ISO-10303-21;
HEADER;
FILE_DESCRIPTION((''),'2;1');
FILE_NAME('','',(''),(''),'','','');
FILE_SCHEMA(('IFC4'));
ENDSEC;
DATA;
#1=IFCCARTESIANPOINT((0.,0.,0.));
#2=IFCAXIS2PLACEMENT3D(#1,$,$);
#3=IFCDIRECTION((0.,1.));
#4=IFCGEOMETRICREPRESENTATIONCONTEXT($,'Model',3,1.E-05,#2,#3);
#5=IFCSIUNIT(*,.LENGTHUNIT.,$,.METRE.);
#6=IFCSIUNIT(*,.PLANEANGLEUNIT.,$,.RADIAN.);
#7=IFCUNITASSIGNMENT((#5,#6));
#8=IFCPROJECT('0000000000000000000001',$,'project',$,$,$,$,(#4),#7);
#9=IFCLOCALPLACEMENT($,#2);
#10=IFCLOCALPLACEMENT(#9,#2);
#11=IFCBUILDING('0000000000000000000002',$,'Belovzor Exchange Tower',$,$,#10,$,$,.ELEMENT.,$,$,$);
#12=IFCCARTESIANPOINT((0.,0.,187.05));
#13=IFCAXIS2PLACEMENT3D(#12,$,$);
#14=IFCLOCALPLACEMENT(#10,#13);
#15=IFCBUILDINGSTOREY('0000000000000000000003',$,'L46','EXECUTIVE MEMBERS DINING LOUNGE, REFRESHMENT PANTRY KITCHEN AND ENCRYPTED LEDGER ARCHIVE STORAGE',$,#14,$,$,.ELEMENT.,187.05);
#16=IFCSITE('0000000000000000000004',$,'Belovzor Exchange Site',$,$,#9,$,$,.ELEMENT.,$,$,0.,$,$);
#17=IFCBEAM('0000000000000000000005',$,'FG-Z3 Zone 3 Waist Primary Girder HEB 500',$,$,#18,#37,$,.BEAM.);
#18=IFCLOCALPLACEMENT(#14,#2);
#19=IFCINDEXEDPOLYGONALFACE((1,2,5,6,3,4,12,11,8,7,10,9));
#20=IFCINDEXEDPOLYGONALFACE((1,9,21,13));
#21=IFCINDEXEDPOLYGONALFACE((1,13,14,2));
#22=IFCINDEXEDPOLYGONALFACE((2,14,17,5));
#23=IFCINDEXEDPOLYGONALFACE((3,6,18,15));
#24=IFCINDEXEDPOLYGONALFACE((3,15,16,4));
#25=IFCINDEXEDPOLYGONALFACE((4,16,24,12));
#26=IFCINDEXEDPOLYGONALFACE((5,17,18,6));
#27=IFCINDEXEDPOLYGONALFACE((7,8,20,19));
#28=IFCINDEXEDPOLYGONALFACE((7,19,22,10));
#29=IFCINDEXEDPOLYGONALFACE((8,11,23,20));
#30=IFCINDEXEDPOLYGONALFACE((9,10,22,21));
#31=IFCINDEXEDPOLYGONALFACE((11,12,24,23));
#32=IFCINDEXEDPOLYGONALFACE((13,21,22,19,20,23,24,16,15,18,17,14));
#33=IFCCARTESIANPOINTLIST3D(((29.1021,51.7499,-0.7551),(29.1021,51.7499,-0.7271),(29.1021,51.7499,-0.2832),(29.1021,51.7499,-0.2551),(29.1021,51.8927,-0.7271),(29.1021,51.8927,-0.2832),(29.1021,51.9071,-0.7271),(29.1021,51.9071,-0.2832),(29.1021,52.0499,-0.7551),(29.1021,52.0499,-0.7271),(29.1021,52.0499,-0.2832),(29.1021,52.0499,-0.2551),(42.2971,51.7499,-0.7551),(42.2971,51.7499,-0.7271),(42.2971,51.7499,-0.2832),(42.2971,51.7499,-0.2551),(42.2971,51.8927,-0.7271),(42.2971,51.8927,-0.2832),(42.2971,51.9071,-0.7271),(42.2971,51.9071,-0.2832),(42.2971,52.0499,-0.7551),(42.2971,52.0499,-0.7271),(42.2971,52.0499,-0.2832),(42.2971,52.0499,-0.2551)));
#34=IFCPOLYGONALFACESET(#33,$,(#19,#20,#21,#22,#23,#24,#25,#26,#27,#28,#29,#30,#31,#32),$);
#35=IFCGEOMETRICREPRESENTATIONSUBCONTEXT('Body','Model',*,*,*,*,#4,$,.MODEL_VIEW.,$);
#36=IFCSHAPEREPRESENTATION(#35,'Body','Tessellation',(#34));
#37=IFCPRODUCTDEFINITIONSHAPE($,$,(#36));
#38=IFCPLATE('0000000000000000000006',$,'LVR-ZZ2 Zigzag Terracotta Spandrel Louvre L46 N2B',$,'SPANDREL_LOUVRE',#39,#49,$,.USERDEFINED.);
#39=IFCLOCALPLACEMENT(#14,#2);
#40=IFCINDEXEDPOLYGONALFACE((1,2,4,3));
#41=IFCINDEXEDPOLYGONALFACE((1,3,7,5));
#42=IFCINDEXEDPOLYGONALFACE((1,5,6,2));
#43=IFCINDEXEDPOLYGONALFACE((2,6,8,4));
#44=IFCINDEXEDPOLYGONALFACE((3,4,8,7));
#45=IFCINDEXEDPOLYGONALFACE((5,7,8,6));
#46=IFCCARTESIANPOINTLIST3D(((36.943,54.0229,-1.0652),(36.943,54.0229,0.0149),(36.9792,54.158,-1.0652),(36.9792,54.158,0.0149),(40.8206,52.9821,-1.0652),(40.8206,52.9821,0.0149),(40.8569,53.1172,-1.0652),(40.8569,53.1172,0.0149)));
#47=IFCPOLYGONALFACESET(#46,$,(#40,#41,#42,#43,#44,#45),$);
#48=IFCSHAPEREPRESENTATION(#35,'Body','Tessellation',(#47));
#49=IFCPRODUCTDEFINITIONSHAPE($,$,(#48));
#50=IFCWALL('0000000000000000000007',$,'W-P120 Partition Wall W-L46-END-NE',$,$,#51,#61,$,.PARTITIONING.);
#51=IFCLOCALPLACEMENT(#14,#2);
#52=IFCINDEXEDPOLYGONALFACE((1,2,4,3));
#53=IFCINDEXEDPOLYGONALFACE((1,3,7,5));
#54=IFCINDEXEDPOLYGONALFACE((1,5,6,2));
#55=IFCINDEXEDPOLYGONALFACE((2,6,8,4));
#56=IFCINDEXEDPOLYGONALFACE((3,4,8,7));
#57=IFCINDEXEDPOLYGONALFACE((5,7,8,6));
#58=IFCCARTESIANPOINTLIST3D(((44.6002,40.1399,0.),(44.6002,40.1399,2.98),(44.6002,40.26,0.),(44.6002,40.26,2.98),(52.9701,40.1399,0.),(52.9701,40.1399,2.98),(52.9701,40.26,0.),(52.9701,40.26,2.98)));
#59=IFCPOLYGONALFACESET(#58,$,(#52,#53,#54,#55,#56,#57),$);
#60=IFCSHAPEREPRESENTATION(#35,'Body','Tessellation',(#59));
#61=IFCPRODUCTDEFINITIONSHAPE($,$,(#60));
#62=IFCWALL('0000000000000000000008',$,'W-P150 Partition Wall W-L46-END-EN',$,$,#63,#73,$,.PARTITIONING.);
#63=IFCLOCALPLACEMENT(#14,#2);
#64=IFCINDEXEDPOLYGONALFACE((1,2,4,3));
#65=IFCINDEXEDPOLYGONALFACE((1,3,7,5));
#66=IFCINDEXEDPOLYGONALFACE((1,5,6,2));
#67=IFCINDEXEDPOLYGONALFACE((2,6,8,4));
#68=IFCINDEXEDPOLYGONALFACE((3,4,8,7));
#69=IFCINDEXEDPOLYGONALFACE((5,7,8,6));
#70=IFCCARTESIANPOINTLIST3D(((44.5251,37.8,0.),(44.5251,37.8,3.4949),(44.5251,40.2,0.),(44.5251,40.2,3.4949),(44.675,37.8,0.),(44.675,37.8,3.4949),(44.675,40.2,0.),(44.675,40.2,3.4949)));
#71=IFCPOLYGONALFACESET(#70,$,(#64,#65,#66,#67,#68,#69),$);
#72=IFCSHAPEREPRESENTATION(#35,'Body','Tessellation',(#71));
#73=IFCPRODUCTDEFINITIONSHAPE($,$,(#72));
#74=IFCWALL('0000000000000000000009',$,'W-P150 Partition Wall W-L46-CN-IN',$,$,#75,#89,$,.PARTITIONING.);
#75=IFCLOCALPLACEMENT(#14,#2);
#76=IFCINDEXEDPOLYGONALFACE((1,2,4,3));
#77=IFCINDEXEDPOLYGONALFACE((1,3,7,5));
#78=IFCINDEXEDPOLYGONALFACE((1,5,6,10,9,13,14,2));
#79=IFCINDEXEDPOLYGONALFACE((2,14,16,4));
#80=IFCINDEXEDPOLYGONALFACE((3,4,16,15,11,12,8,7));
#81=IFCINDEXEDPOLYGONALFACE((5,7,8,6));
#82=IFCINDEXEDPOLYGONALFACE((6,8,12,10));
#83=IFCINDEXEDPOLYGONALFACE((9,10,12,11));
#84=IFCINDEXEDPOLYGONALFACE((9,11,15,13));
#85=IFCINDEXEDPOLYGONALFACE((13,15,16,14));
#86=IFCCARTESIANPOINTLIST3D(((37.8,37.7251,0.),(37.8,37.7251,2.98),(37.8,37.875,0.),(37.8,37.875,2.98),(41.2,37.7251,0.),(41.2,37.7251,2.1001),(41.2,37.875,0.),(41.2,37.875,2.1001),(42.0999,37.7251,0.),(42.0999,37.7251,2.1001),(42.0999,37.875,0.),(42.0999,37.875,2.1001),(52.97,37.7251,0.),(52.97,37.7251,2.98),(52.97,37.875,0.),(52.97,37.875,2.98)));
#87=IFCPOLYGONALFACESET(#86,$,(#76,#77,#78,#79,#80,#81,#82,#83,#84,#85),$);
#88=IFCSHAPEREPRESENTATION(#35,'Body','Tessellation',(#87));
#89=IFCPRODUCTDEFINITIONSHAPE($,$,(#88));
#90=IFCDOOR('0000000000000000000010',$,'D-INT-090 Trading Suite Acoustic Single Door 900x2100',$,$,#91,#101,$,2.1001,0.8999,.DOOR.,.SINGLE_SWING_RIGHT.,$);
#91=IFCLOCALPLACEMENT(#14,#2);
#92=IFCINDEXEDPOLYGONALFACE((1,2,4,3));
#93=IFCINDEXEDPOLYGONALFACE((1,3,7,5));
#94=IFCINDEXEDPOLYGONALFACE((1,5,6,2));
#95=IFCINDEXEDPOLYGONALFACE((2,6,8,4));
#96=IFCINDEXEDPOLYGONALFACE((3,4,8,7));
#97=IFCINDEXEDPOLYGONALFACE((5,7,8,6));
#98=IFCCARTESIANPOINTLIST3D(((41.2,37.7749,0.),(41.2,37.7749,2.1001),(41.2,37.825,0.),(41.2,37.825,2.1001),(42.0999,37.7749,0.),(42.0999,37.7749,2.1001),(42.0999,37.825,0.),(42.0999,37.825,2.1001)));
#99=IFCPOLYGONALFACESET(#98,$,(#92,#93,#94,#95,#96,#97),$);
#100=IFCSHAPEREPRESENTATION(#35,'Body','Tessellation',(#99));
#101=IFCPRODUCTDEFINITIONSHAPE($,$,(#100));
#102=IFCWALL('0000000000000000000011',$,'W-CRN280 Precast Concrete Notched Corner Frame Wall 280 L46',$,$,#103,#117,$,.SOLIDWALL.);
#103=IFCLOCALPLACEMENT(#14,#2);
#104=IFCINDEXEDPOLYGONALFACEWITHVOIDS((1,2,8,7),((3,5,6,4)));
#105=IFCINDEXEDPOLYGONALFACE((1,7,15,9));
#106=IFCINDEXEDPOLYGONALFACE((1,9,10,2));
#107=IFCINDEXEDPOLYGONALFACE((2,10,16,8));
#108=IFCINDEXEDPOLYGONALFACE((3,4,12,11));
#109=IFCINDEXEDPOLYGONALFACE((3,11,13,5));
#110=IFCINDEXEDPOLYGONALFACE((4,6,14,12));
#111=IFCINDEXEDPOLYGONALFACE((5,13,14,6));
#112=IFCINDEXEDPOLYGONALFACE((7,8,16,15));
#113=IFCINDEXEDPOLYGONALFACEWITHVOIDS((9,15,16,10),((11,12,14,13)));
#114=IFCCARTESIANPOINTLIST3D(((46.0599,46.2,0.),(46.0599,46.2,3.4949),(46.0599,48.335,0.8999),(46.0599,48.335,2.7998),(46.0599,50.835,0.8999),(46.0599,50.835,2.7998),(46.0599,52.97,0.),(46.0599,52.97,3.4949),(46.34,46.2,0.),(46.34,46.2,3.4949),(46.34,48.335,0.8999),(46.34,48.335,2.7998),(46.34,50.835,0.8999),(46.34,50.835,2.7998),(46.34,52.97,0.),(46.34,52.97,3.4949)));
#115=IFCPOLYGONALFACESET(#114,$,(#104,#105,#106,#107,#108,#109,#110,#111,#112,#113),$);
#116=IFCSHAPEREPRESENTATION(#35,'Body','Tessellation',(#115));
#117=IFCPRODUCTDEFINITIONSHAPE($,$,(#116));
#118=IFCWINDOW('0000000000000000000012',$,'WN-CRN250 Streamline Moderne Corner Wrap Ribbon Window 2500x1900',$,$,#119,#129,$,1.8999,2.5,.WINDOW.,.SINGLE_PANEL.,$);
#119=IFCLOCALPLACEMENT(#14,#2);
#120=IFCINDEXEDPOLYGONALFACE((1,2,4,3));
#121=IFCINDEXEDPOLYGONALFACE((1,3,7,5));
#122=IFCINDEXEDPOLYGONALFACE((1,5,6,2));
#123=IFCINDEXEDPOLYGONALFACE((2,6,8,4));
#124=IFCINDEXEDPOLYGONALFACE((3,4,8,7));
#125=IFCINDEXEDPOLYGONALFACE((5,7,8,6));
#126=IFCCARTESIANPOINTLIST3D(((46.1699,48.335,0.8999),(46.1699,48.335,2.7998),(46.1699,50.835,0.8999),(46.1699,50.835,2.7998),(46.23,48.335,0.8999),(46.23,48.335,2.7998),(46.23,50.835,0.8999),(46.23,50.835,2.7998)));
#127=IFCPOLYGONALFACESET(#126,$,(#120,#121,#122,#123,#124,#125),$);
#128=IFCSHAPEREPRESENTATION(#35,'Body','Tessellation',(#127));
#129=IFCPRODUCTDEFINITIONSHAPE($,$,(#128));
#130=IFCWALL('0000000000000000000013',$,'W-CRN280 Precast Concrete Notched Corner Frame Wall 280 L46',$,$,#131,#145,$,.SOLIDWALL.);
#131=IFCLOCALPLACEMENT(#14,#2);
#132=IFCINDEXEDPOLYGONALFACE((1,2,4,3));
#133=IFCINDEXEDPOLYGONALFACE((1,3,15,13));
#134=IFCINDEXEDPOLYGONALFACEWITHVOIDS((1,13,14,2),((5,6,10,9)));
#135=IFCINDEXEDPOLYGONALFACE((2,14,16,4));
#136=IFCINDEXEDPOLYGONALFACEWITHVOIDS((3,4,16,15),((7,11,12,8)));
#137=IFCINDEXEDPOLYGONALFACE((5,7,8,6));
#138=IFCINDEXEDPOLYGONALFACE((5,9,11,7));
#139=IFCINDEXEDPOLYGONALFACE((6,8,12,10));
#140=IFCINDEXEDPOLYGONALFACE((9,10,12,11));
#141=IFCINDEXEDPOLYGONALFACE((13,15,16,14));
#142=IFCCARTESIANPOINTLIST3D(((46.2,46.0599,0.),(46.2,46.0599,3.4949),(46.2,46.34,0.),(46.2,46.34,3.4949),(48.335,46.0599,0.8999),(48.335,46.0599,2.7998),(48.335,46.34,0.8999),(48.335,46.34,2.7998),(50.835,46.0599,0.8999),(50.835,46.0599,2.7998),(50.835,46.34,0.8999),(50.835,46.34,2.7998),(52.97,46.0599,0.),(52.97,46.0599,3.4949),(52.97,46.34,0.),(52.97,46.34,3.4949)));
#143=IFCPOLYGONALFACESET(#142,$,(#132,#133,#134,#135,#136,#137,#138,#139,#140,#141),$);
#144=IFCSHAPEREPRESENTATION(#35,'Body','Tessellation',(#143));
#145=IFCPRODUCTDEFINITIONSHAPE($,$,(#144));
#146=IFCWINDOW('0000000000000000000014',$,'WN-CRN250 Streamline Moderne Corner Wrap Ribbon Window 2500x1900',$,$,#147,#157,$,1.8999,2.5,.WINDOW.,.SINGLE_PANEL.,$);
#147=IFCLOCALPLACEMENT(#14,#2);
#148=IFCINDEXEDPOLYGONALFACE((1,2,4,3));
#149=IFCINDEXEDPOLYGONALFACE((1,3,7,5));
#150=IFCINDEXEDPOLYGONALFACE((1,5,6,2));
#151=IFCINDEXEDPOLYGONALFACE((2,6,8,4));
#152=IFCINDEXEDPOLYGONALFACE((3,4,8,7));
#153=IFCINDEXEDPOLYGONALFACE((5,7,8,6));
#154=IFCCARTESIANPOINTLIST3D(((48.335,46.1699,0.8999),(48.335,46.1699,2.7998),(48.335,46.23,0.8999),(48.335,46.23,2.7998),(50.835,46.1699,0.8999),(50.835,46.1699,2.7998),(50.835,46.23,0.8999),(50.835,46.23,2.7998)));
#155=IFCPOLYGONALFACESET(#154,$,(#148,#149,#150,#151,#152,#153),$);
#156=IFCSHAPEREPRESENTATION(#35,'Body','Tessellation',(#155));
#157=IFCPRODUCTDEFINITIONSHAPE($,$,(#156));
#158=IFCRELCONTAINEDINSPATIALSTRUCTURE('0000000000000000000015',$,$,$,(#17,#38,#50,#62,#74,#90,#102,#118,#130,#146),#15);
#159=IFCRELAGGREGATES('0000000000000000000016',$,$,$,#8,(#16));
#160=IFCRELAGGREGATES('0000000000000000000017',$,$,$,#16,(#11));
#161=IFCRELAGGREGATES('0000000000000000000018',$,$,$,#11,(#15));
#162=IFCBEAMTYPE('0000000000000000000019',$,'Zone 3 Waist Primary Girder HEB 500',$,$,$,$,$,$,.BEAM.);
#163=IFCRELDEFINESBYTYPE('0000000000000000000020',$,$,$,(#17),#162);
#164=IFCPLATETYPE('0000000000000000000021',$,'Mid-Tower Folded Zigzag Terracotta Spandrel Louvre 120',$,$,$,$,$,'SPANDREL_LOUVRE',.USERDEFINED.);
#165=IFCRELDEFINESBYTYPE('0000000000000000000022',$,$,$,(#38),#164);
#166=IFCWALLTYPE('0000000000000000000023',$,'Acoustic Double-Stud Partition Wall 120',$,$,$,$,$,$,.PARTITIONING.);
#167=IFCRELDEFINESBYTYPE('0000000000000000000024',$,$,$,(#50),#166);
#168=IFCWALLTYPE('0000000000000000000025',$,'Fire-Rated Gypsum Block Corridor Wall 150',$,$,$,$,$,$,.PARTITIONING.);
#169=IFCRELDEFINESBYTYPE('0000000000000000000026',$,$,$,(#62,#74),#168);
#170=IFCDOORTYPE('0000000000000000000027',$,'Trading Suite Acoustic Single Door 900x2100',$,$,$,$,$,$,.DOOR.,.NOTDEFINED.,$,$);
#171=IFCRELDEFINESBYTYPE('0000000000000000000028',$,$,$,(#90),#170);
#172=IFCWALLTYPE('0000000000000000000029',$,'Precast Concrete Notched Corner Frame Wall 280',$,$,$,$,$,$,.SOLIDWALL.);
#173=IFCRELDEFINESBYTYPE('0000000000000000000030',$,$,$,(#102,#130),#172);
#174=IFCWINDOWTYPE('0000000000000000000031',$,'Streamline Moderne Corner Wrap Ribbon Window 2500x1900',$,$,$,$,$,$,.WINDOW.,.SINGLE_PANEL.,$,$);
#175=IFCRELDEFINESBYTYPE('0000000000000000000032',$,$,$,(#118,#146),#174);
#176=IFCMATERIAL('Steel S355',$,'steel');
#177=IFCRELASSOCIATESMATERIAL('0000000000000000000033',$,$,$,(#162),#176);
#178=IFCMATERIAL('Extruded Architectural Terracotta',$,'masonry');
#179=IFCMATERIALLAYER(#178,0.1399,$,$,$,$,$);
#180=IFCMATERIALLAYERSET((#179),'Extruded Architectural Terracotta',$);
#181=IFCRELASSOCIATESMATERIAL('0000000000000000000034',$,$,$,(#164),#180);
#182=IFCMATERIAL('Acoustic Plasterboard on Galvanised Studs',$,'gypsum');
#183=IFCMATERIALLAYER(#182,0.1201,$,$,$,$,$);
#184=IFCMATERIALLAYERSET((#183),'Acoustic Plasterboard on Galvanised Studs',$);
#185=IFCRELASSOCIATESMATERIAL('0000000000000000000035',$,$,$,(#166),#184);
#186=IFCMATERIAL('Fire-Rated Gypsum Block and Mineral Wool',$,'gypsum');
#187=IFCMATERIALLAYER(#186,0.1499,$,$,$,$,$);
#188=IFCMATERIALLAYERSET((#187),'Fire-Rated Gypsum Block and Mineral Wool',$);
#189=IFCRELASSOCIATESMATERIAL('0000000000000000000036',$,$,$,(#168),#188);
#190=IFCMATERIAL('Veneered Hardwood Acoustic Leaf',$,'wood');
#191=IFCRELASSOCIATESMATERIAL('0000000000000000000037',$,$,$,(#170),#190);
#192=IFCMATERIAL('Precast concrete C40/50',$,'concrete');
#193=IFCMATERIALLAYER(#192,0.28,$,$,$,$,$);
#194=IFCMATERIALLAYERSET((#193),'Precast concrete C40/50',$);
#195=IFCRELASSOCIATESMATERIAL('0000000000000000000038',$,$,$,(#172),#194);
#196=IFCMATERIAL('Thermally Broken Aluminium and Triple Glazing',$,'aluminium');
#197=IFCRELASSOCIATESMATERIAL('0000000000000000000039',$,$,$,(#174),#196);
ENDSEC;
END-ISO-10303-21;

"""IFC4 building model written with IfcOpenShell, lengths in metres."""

from ifc_helpers import new_model, si_unit, direction, frame, frame_2d, origin, origin_2d, place, context, subcontext, project, spatial, rectangle, i_section, extrude, material, layer, layer_set, material_profile, profile_set, type_object, element, fill, save


model = new_model("IFC4")

# Units and contexts
model_context = context("Model", 3, precision=1e-05, world=origin(), true_north=direction((0.0, 1.0)))
body_context = subcontext(model_context, "Body", "Model", "MODEL_VIEW")
ifc_project = project(units=[si_unit("LENGTHUNIT", "METRE"), si_unit("PLANEANGLEUNIT", "RADIAN")], contexts=[model_context])

# Site, building, storey
site_placement = place(None, origin())
site = spatial("IfcSite", under=ifc_project, at=site_placement, Name="Belovzor Exchange Site", CompositionType="ELEMENT", RefElevation=0.0)
building_placement = place(site_placement, origin())
building = spatial("IfcBuilding", under=site, at=building_placement, Name="Belovzor Exchange Tower", CompositionType="ELEMENT")
storey_placement = place(building_placement, frame((0.0, 0.0, 187.05)))
storey = spatial("IfcBuildingStorey", under=building, at=storey_placement, Name="L46", Description="EXECUTIVE MEMBERS DINING LOUNGE, REFRESHMENT PANTRY KITCHEN AND ENCRYPTED LEDGER ARCHIVE STORAGE", CompositionType="ELEMENT", Elevation=187.05)

# Beam
ifc_material_1 = material(Name="Steel S355", Category="steel")
ifc_material_profile_1 = material_profile(ifc_material_1, i_section(OverallWidth=0.3, OverallDepth=0.5, WebThickness=0.0144, FlangeThickness=0.0281, at=origin_2d()))
ifc_profile_set_1 = profile_set([ifc_material_profile_1], Name="Steel S355")
beam_type_1 = type_object("IfcBeamType", Name="Zone 3 Waist Primary Girder HEB 500", PredefinedType="BEAM", material=ifc_profile_set_1)
beam_1_placement = place(storey_placement, frame((42.2971, 51.8999, -0.5051), z_axis=(-1.0, 0.0, 0.0), x_axis=(0.0, -1.0, 0.0)))
element("IfcBeam", 1, at=beam_1_placement, inside=storey, type_object=beam_type_1, Name="FG-Z3 Zone 3 Waist Primary Girder HEB 500", PredefinedType="BEAM", context=body_context, shape_type="SweptSolid", body=[
    extrude(i_section(OverallWidth=0.3, OverallDepth=0.5, WebThickness=0.0144, FlangeThickness=0.0281, at=origin_2d()), origin(), (0.0, 0.0, 1.0), 13.1951),
])

# Plate
ifc_material_2 = material(Name="Extruded Architectural Terracotta", Category="masonry")
ifc_layer_1 = layer(ifc_material_2, 0.1399)
ifc_layer_set_1 = layer_set([ifc_layer_1], Name="Extruded Architectural Terracotta")
plate_type = type_object("IfcPlateType", Name="Mid-Tower Folded Zigzag Terracotta Spandrel Louvre 120", ElementType="SPANDREL_LOUVRE", PredefinedType="USERDEFINED", material=ifc_layer_set_1)
plate_placement = place(storey_placement, frame((38.8999, 53.5701, -1.0652), z_axis=(0.0, 0.0, 1.0), x_axis=(0.965813, -0.25924, 0.0)))
element("IfcPlate", 2, at=plate_placement, inside=storey, type_object=plate_type, Name="LVR-ZZ2 Zigzag Terracotta Spandrel Louvre L46 N2B", ObjectType="SPANDREL_LOUVRE", PredefinedType="USERDEFINED", context=body_context, shape_type="SweptSolid", body=[
    extrude(rectangle(XDim=4.0149, YDim=0.1399, at=origin_2d()), origin(), (0.0, 0.0, 1.0), 1.0801),
])

# Walls
ifc_material_3 = material(Name="Acoustic Plasterboard on Galvanised Studs", Category="gypsum")
ifc_layer_2 = layer(ifc_material_3, 0.1201)
ifc_layer_set_2 = layer_set([ifc_layer_2], Name="Acoustic Plasterboard on Galvanised Studs")
wall_type_1 = type_object("IfcWallType", Name="Acoustic Double-Stud Partition Wall 120", PredefinedType="PARTITIONING", material=ifc_layer_set_2)
wall_1_placement = place(storey_placement, frame((44.6001, 40.2, 0.0), z_axis=(0.0, 0.0, 1.0), x_axis=(1.0, 0.0, 0.0)))
element("IfcWall", 3, at=wall_1_placement, inside=storey, type_object=wall_type_1, Name="W-P120 Partition Wall W-L46-END-NE", PredefinedType="PARTITIONING", context=body_context, shape_type="SweptSolid", body=[
    extrude(rectangle(XDim=8.3699, YDim=0.1201, at=frame_2d((4.1851, 0.0))), origin(), (0.0, 0.0, 1.0), 2.98),
])
ifc_material_4 = material(Name="Fire-Rated Gypsum Block and Mineral Wool", Category="gypsum")
ifc_layer_3 = layer(ifc_material_4, 0.1499)
ifc_layer_set_3 = layer_set([ifc_layer_3], Name="Fire-Rated Gypsum Block and Mineral Wool")
wall_type_2 = type_object("IfcWallType", Name="Fire-Rated Gypsum Block Corridor Wall 150", PredefinedType="PARTITIONING", material=ifc_layer_set_3)
wall_2_placement = place(storey_placement, frame((44.6001, 37.8, 0.0), z_axis=(0.0, 0.0, 1.0), x_axis=(0.0, 1.0, 0.0)))
element("IfcWall", 4, at=wall_2_placement, inside=storey, type_object=wall_type_2, Name="W-P150 Partition Wall W-L46-END-EN", PredefinedType="PARTITIONING", context=body_context, shape_type="SweptSolid", body=[
    extrude(rectangle(XDim=2.3999, YDim=0.1499, at=frame_2d((1.2, 0.0))), origin(), (0.0, 0.0, 1.0), 3.4949),
])

# Wall, opening, door
wall_3_placement = place(storey_placement, frame((37.8, 37.8, 0.0), z_axis=(0.0, 0.0, 1.0), x_axis=(1.0, 0.0, 0.0)))
wall_3 = element("IfcWall", 5, at=wall_3_placement, inside=storey, type_object=wall_type_2, Name="W-P150 Partition Wall W-L46-CN-IN", PredefinedType="PARTITIONING", context=body_context, shape_type="SweptSolid", body=[
    extrude(rectangle(XDim=15.1699, YDim=0.1499, at=frame_2d((7.585, 0.0))), origin(), (0.0, 0.0, 1.0), 2.98),
])
opening_1_placement = place(wall_3_placement, frame((3.3999, 0.0, 0.0)))
opening_1 = element("IfcOpeningElement", 6, at=opening_1_placement, cuts=wall_3, PredefinedType="OPENING", context=body_context, shape_type="SweptSolid", body=[
    extrude(rectangle(XDim=0.8999, YDim=2.1001, at=frame_2d((0.45, 1.05))), frame((0.0, 0.085, 0.0), z_axis=(0.0, -1.0, 0.0), x_axis=(1.0, 0.0, 0.0)), (0.0, 0.0, 1.0), 0.1699),
])
ifc_material_5 = material(Name="Veneered Hardwood Acoustic Leaf", Category="wood")
door_type_1 = type_object("IfcDoorType", Name="Trading Suite Acoustic Single Door 900x2100", OperationType="NOTDEFINED", PredefinedType="DOOR", material=ifc_material_5)
door_1_placement = place(opening_1_placement, origin())
door_1 = element("IfcDoor", 7, at=door_1_placement, inside=storey, type_object=door_type_1, Name="D-INT-090 Trading Suite Acoustic Single Door 900x2100", OperationType="SINGLE_SWING_RIGHT", OverallHeight=2.1001, OverallWidth=0.8999, PredefinedType="DOOR", context=body_context, shape_type="SweptSolid", body=[
    extrude(rectangle(XDim=0.8999, YDim=2.1001, at=frame_2d((0.45, 1.05))), frame((0.0, 0.0249, 0.0), z_axis=(0.0, -1.0, 0.0), x_axis=(1.0, 0.0, 0.0)), (0.0, 0.0, 1.0), 0.05),
])
fill(opening_1, door_1)

# Walls, openings, windows
ifc_material_6 = material(Name="Precast concrete C40/50", Category="concrete")
ifc_layer_4 = layer(ifc_material_6, 0.28)
ifc_layer_set_4 = layer_set([ifc_layer_4], Name="Precast concrete C40/50")
wall_type_3 = type_object("IfcWallType", Name="Precast Concrete Notched Corner Frame Wall 280", PredefinedType="SOLIDWALL", material=ifc_layer_set_4)
wall_4_placement = place(storey_placement, frame((46.2, 52.97, 0.0), z_axis=(0.0, 0.0, 1.0), x_axis=(0.0, -1.0, 0.0)))
wall_4 = element("IfcWall", 8, at=wall_4_placement, inside=storey, type_object=wall_type_3, Name="W-CRN280 Precast Concrete Notched Corner Frame Wall 280 L46", PredefinedType="SOLIDWALL", context=body_context, shape_type="SweptSolid", body=[
    extrude(rectangle(XDim=6.77, YDim=0.28, at=frame_2d((3.385, 0.0))), origin(), (0.0, 0.0, 1.0), 3.4949),
])
opening_2_placement = place(wall_4_placement, frame((2.135, 0.0, 0.8999)))
opening_2 = element("IfcOpeningElement", 9, at=opening_2_placement, cuts=wall_4, PredefinedType="OPENING", context=body_context, shape_type="SweptSolid", body=[
    extrude(rectangle(XDim=2.5, YDim=1.8999, at=frame_2d((1.25, 0.95))), frame((0.0, 0.1499, 0.0), z_axis=(0.0, -1.0, 0.0), x_axis=(1.0, 0.0, 0.0)), (0.0, 0.0, 1.0), 0.3),
])
ifc_material_7 = material(Name="Thermally Broken Aluminium and Triple Glazing", Category="aluminium")
window_type = type_object("IfcWindowType", Name="Streamline Moderne Corner Wrap Ribbon Window 2500x1900", PartitioningType="SINGLE_PANEL", PredefinedType="WINDOW", material=ifc_material_7)
window_1_placement = place(opening_2_placement, origin())
window_1 = element("IfcWindow", 10, at=window_1_placement, inside=storey, type_object=window_type, Name="WN-CRN250 Streamline Moderne Corner Wrap Ribbon Window 2500x1900", OverallHeight=1.8999, OverallWidth=2.5, PartitioningType="SINGLE_PANEL", PredefinedType="WINDOW", context=body_context, shape_type="SweptSolid", body=[
    extrude(rectangle(XDim=2.5, YDim=1.8999, at=frame_2d((1.25, 0.95))), frame((0.0, 0.03, 0.0), z_axis=(0.0, -1.0, 0.0), x_axis=(1.0, 0.0, 0.0)), (0.0, 0.0, 1.0), 0.0601),
])
fill(opening_2, window_1)
wall_5_placement = place(storey_placement, frame((46.2, 46.2, 0.0), z_axis=(0.0, 0.0, 1.0), x_axis=(1.0, 0.0, 0.0)))
wall_5 = element("IfcWall", 11, at=wall_5_placement, inside=storey, type_object=wall_type_3, Name="W-CRN280 Precast Concrete Notched Corner Frame Wall 280 L46", PredefinedType="SOLIDWALL", context=body_context, shape_type="SweptSolid", body=[
    extrude(rectangle(XDim=6.77, YDim=0.28, at=frame_2d((3.385, 0.0))), origin(), (0.0, 0.0, 1.0), 3.4949),
])
opening_3_placement = place(wall_5_placement, frame((2.135, 0.0, 0.8999)))
opening_3 = element("IfcOpeningElement", 12, at=opening_3_placement, cuts=wall_5, PredefinedType="OPENING", context=body_context, shape_type="SweptSolid", body=[
    extrude(rectangle(XDim=2.5, YDim=1.8999, at=frame_2d((1.25, 0.95))), frame((0.0, 0.1499, 0.0), z_axis=(0.0, -1.0, 0.0), x_axis=(1.0, 0.0, 0.0)), (0.0, 0.0, 1.0), 0.3),
])
window_2_placement = place(opening_3_placement, origin())
window_2 = element("IfcWindow", 13, at=window_2_placement, inside=storey, type_object=window_type, Name="WN-CRN250 Streamline Moderne Corner Wrap Ribbon Window 2500x1900", OverallHeight=1.8999, OverallWidth=2.5, PartitioningType="SINGLE_PANEL", PredefinedType="WINDOW", context=body_context, shape_type="SweptSolid", body=[
    extrude(rectangle(XDim=2.5, YDim=1.8999, at=frame_2d((1.25, 0.95))), frame((0.0, 0.03, 0.0), z_axis=(0.0, -1.0, 0.0), x_axis=(1.0, 0.0, 0.0)), (0.0, 0.0, 1.0), 0.0601),
])
fill(opening_3, window_2)

save(model, "model.ifc")
